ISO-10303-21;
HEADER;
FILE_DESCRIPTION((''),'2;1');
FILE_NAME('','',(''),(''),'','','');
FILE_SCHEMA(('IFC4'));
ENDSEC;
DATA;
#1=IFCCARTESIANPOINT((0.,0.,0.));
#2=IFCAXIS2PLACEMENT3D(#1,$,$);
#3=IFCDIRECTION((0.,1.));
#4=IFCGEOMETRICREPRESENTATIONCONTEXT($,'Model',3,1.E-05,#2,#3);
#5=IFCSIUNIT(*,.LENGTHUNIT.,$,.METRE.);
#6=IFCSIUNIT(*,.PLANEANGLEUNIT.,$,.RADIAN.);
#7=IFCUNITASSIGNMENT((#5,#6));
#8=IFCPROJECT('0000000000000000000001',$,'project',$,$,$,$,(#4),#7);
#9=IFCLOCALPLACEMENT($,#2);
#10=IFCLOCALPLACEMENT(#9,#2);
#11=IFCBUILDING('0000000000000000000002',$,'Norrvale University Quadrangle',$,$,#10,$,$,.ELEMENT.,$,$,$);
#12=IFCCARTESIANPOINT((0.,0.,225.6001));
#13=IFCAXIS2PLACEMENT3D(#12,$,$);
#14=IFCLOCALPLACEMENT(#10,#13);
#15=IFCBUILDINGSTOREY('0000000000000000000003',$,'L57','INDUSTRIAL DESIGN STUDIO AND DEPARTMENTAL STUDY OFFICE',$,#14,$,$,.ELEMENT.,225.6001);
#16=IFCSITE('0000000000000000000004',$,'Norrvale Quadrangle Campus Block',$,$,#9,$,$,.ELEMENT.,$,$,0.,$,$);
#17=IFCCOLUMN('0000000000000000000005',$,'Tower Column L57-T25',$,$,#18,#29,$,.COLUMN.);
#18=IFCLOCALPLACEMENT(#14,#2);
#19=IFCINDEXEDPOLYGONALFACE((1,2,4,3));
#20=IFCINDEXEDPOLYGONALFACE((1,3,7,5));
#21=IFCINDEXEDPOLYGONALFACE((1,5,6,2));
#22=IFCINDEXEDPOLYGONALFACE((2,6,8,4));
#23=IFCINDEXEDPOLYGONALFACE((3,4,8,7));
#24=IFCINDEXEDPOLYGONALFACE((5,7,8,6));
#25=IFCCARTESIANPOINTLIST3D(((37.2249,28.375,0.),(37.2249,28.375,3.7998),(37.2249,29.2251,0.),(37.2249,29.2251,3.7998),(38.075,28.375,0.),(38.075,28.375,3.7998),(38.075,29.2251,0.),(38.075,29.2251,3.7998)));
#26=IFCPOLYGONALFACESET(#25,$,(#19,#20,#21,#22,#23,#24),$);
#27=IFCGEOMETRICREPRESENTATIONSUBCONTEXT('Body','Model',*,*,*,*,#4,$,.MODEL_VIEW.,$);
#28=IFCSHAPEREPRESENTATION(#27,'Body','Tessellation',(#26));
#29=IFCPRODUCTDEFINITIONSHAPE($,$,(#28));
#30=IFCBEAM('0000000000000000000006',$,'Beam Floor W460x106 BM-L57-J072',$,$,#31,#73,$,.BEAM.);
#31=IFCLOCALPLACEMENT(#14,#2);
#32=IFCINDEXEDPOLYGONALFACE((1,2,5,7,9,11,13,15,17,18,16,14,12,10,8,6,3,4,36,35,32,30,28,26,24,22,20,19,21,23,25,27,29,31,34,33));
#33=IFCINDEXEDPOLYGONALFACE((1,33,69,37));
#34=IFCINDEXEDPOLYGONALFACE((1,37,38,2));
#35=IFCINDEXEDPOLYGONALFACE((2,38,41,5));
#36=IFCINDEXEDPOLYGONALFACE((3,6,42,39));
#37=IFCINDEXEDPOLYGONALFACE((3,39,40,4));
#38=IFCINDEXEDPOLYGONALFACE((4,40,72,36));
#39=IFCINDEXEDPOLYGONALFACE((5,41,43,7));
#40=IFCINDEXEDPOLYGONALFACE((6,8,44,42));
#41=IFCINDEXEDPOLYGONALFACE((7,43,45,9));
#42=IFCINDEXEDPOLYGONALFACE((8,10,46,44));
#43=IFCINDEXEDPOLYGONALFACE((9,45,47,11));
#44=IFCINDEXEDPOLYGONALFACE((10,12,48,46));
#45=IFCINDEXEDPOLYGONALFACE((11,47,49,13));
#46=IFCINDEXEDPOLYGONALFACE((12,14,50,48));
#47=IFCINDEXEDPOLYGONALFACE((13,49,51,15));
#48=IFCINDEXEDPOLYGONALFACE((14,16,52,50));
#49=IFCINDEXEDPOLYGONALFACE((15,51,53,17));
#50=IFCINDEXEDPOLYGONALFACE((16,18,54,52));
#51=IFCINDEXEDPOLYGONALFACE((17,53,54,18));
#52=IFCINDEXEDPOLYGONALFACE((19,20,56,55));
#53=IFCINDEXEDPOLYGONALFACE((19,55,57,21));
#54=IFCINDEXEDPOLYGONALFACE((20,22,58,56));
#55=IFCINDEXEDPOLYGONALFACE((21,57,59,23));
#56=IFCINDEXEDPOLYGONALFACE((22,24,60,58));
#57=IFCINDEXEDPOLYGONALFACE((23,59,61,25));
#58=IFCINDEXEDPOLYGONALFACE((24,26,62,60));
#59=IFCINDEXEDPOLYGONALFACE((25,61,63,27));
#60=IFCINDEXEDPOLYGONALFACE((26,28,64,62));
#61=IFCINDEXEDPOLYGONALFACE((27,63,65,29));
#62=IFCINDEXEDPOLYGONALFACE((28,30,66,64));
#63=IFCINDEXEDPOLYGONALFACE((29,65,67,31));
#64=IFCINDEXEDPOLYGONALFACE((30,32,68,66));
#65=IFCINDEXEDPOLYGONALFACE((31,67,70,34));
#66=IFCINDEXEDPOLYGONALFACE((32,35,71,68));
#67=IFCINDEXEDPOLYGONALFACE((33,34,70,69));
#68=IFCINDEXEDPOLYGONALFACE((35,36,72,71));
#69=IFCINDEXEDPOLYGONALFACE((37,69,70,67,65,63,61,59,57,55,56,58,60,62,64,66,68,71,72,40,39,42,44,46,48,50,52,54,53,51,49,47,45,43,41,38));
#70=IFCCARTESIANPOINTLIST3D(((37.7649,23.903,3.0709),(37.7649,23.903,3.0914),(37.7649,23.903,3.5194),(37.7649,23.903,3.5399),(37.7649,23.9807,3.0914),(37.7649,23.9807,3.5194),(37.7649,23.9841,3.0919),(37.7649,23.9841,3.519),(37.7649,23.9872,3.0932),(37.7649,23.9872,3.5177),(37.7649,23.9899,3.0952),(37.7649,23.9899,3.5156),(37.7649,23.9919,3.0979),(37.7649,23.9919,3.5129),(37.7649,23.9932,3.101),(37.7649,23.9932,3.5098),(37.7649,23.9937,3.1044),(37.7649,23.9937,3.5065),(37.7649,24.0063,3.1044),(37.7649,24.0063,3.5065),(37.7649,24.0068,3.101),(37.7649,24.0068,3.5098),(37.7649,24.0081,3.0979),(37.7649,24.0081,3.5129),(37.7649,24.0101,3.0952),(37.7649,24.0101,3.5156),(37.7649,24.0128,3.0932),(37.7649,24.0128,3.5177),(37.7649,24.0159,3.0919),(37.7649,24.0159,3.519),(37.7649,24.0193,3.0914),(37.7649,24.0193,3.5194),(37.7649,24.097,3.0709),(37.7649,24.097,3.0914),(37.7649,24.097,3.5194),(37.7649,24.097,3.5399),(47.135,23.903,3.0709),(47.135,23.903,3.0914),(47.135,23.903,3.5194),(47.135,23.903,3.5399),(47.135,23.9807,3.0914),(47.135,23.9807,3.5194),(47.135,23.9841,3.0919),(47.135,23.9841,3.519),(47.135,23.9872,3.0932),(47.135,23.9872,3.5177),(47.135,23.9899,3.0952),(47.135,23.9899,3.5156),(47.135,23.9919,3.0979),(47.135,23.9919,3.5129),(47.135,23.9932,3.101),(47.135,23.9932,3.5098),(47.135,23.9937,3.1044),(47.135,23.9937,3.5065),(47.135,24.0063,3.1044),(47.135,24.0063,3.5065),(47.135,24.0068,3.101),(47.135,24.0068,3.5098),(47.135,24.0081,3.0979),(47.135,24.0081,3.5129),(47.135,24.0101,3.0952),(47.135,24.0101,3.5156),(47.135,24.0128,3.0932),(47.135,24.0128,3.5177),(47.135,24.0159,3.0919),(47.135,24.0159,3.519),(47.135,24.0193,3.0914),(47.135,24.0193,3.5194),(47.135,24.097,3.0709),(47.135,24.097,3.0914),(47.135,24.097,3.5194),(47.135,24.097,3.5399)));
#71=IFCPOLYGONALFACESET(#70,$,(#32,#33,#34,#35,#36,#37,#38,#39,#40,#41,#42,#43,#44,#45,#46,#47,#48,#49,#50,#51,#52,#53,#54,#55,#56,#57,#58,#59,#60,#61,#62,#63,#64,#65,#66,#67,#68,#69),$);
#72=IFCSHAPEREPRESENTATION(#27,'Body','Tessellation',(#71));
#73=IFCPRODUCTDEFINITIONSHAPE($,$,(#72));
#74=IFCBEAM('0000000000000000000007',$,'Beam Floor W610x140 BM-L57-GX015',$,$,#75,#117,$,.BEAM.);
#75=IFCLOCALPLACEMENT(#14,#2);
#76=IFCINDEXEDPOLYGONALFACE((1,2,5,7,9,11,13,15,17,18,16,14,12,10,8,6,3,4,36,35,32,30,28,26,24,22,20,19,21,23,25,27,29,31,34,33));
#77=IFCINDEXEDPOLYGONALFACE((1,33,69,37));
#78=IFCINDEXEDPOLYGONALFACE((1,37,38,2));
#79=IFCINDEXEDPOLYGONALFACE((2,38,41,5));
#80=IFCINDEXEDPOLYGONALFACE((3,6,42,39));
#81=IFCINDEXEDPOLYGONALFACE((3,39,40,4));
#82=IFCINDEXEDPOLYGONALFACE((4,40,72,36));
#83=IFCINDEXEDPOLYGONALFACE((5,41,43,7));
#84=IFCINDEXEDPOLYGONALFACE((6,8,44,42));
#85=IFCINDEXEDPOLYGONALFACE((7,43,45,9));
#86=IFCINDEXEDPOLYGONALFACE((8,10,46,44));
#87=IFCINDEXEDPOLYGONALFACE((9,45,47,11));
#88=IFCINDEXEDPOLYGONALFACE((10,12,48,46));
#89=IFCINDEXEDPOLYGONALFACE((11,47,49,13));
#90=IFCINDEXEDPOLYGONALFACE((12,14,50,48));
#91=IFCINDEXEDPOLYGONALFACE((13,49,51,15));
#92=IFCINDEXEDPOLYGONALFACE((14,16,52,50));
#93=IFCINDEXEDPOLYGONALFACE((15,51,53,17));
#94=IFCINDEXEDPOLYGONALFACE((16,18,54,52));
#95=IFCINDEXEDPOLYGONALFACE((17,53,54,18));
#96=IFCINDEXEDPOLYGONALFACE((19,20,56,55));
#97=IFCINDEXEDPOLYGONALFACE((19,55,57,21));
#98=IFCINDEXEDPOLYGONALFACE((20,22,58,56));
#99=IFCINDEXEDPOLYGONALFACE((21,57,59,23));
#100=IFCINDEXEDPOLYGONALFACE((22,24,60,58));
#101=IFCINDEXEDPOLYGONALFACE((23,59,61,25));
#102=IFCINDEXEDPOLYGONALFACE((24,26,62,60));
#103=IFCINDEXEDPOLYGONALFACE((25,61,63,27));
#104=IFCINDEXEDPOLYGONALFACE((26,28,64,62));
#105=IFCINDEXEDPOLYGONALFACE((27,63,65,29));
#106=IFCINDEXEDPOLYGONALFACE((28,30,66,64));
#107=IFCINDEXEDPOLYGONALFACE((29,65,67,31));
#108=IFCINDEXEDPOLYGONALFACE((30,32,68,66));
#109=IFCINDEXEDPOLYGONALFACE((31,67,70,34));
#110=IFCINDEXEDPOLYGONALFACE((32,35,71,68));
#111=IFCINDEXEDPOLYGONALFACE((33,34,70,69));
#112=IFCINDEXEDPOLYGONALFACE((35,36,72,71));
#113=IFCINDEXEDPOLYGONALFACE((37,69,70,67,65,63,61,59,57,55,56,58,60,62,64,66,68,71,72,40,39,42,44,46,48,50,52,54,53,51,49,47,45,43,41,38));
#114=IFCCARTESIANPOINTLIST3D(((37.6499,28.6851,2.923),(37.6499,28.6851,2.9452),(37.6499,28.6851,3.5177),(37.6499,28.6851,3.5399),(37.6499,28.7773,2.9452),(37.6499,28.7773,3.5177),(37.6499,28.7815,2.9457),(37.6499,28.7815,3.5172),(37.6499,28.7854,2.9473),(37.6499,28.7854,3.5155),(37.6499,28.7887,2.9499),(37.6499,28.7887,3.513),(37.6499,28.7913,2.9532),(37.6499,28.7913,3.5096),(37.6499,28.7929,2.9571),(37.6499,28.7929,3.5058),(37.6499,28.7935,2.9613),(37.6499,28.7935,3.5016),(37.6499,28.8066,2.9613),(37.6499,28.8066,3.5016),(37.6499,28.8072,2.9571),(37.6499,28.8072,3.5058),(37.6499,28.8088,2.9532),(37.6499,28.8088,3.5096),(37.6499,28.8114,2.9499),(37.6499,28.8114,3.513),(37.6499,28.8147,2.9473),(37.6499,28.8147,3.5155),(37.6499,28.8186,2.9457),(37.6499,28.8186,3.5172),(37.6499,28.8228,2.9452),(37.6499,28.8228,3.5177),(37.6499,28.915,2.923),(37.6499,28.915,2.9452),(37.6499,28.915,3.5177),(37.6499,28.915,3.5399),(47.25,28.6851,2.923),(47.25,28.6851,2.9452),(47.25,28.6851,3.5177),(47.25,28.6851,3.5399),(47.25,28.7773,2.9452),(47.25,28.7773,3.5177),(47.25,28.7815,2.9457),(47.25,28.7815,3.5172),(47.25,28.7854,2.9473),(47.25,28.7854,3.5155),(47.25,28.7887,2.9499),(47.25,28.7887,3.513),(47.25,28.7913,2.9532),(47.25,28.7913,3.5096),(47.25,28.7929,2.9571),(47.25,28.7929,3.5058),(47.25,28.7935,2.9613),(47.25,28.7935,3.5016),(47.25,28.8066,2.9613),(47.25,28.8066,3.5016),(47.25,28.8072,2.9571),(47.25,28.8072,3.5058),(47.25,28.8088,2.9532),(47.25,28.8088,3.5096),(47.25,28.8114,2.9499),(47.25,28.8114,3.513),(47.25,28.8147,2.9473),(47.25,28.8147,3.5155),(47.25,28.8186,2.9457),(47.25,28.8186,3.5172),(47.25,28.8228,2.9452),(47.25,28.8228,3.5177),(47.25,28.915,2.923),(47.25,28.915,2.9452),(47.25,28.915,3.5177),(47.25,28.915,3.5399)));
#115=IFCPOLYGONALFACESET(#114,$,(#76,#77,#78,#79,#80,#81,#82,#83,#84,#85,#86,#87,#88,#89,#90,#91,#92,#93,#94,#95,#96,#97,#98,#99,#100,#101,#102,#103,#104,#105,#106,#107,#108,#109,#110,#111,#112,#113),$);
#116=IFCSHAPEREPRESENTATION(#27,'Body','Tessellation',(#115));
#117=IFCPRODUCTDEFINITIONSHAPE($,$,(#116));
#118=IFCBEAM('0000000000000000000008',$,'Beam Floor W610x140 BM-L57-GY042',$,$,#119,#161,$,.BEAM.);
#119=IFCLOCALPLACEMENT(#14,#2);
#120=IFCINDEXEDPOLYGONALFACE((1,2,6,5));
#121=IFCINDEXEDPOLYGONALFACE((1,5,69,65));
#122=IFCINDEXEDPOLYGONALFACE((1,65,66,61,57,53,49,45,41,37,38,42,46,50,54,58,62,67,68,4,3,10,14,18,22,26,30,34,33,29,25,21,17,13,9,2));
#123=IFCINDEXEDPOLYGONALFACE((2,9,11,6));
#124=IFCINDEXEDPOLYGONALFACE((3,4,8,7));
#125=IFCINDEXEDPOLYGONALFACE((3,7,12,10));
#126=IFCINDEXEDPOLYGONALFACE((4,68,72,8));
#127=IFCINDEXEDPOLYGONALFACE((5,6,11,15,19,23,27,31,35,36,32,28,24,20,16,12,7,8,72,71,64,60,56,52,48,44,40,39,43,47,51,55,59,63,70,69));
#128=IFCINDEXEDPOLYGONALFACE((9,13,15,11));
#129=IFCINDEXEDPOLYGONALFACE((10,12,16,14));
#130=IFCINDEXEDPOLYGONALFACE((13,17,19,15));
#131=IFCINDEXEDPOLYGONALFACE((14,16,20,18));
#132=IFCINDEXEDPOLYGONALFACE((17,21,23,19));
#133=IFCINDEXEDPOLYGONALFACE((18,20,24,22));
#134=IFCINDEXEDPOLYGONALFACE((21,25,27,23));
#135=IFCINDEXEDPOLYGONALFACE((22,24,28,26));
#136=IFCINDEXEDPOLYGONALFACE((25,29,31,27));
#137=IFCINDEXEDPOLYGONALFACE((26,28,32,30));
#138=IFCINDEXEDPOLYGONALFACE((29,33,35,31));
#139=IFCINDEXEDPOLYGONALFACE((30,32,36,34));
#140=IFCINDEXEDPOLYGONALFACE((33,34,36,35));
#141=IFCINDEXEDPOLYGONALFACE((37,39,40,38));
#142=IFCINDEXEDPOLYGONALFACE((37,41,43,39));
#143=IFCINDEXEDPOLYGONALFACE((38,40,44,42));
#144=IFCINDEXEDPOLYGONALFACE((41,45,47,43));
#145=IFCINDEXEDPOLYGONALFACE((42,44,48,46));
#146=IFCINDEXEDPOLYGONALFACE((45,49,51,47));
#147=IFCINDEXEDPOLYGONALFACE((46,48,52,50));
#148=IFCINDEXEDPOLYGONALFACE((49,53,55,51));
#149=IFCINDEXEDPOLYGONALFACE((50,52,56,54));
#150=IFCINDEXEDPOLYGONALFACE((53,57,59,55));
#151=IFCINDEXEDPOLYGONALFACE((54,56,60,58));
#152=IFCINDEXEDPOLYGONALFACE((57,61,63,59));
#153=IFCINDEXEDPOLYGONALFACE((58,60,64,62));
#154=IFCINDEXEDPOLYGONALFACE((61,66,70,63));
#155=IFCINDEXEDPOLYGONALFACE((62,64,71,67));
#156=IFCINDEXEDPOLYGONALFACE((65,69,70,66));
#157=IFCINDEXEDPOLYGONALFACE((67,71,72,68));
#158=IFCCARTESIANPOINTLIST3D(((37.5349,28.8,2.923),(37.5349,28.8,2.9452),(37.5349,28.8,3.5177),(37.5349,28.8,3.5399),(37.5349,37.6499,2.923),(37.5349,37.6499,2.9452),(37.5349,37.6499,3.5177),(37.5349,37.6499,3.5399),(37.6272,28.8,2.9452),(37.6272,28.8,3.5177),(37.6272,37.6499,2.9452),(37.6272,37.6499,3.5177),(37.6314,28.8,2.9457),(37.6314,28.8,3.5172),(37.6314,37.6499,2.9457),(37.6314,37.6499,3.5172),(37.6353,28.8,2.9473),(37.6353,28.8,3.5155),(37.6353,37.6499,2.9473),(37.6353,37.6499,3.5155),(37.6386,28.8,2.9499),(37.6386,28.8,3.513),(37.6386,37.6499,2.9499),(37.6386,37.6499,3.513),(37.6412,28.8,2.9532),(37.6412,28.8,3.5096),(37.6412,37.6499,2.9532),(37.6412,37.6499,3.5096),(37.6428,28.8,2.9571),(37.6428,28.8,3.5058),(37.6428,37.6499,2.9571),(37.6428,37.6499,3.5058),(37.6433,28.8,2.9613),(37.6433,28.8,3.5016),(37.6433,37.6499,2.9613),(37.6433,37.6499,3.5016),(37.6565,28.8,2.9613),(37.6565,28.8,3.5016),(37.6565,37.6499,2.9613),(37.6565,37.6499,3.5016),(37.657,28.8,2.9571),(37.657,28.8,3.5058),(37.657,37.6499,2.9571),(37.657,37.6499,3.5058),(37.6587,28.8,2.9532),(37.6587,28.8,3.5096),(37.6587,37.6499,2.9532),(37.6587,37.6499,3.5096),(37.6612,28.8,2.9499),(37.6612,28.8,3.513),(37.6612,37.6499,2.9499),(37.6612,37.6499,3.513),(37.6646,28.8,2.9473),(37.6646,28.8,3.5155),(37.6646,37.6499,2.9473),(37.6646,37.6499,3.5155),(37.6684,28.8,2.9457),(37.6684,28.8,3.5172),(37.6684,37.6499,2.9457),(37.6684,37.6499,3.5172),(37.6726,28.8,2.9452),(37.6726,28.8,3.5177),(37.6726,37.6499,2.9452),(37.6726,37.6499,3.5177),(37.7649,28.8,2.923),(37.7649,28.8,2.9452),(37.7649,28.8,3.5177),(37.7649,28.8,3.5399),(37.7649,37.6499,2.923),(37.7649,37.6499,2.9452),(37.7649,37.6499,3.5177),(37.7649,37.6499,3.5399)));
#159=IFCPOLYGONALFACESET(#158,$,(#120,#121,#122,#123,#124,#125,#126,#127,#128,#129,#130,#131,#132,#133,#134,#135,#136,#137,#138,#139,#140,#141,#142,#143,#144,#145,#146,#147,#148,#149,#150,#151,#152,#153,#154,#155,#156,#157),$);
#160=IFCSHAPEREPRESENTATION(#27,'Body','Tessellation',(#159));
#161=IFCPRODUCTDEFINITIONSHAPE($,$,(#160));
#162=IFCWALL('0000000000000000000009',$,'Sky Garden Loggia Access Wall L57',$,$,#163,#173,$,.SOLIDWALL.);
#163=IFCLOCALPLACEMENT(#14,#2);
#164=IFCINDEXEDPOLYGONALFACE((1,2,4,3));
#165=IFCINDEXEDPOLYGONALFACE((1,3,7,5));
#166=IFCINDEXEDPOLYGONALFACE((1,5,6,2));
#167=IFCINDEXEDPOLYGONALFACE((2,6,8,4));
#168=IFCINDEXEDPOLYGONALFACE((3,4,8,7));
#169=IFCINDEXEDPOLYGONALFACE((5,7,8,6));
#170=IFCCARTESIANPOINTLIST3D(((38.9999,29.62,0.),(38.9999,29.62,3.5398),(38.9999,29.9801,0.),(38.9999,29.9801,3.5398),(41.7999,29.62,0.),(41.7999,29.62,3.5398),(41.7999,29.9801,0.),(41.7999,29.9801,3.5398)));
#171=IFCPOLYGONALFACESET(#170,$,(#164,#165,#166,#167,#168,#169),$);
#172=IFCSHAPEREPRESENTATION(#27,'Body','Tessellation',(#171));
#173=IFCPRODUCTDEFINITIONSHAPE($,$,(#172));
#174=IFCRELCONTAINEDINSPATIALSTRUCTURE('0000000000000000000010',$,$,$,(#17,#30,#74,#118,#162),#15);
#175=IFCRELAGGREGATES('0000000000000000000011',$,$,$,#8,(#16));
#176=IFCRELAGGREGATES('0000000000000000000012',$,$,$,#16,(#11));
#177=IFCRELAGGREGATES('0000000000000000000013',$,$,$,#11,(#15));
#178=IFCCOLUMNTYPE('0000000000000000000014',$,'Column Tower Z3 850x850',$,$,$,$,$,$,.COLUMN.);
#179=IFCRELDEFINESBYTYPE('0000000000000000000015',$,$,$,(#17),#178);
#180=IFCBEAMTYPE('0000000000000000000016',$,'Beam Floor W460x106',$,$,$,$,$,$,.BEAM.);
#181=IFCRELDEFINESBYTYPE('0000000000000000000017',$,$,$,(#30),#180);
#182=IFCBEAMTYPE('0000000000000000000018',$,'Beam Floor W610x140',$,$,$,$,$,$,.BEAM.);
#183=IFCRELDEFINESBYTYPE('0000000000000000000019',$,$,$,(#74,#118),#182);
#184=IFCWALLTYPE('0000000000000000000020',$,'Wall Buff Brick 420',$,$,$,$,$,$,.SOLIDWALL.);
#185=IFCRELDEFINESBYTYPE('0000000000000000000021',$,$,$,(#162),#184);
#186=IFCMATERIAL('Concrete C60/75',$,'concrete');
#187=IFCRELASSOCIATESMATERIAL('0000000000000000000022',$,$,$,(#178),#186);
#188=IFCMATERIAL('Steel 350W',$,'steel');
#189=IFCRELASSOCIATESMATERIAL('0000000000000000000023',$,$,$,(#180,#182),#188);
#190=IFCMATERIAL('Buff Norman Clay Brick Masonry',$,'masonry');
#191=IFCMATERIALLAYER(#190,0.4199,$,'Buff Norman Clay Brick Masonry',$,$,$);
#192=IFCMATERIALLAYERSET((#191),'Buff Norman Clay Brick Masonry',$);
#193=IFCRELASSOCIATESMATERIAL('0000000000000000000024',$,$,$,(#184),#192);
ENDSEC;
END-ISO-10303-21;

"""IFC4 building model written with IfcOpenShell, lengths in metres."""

from ifc_helpers import new_model, si_unit, direction, frame, frame_2d, origin, origin_2d, place, context, subcontext, project, spatial, rectangle, i_section, extrude, material, layer, layer_set, material_profile, profile_set, type_object, element, save


model = new_model("IFC4")

# Units and contexts
model_context = context("Model", 3, precision=1e-05, world=origin(), true_north=direction((0.0, 1.0)))
body_context = subcontext(model_context, "Body", "Model", "MODEL_VIEW")
ifc_project = project(units=[si_unit("LENGTHUNIT", "METRE"), si_unit("PLANEANGLEUNIT", "RADIAN")], contexts=[model_context])

# Site, building, storey
site_placement = place(None, origin())
site = spatial("IfcSite", under=ifc_project, at=site_placement, Name="Norrvale Quadrangle Campus Block", CompositionType="ELEMENT", RefElevation=0.0)
building_placement = place(site_placement, origin())
building = spatial("IfcBuilding", under=site, at=building_placement, Name="Norrvale University Quadrangle", CompositionType="ELEMENT")
storey_placement = place(building_placement, frame((0.0, 0.0, 225.6001)))
storey = spatial("IfcBuildingStorey", under=building, at=storey_placement, Name="L57", Description="INDUSTRIAL DESIGN STUDIO AND DEPARTMENTAL STUDY OFFICE", CompositionType="ELEMENT", Elevation=225.6001)

# Column
ifc_material_1 = material(Name="Concrete C60/75", Category="concrete")
ifc_material_profile_1 = material_profile(ifc_material_1, rectangle(XDim=0.8501, YDim=0.8501, at=origin_2d()), Name="Concrete C60/75")
ifc_profile_set_1 = profile_set([ifc_material_profile_1], Name="Concrete C60/75")
column_type = type_object("IfcColumnType", Name="Column Tower Z3 850x850", PredefinedType="COLUMN", material=ifc_profile_set_1)
column_placement = place(storey_placement, frame((37.6499, 28.8, 0.0), z_axis=(0.0, 0.0, 1.0), x_axis=(1.0, 0.0, 0.0)))
element("IfcColumn", 1, at=column_placement, inside=storey, type_object=column_type, Name="Tower Column L57-T25", PredefinedType="COLUMN", context=body_context, shape_type="SweptSolid", body=[
    extrude(rectangle(XDim=0.8501, YDim=0.8501, at=origin_2d()), origin(), (0.0, 0.0, 1.0), 3.7998),
])

# Beams
ifc_material_2 = material(Name="Steel 350W", Category="steel")
ifc_material_profile_2 = material_profile(ifc_material_2, i_section(OverallWidth=0.1941, OverallDepth=0.469, WebThickness=0.0127, FlangeThickness=0.0205, FilletRadius=0.0129, at=origin_2d()), Name="Steel 350W")
ifc_profile_set_2 = profile_set([ifc_material_profile_2], Name="Steel 350W")
beam_type_1 = type_object("IfcBeamType", Name="Beam Floor W460x106", PredefinedType="BEAM", material=ifc_profile_set_2)
beam_1_placement = place(storey_placement, frame((37.7649, 24.0, 3.3054), z_axis=(1.0, 0.0, 0.0), x_axis=(0.0, 1.0, 0.0)))
element("IfcBeam", 2, at=beam_1_placement, inside=storey, type_object=beam_type_1, Name="Beam Floor W460x106 BM-L57-J072", PredefinedType="BEAM", context=body_context, shape_type="SweptSolid", body=[
    extrude(i_section(OverallWidth=0.1941, OverallDepth=0.469, WebThickness=0.0127, FlangeThickness=0.0205, FilletRadius=0.0129, at=origin_2d()), origin(), (0.0, 0.0, 1.0), 9.3701),
])
ifc_material_profile_3 = material_profile(ifc_material_2, i_section(OverallWidth=0.23, OverallDepth=0.6169, WebThickness=0.0132, FlangeThickness=0.0222, FilletRadius=0.0161, at=origin_2d()), Name="Steel 350W")
ifc_profile_set_3 = profile_set([ifc_material_profile_3], Name="Steel 350W")
beam_type_2 = type_object("IfcBeamType", Name="Beam Floor W610x140", PredefinedType="BEAM", material=ifc_profile_set_3)
beam_2_placement = place(storey_placement, frame((37.6499, 28.8, 3.2314), z_axis=(1.0, 0.0, 0.0), x_axis=(0.0, 1.0, 0.0)))
element("IfcBeam", 3, at=beam_2_placement, inside=storey, type_object=beam_type_2, Name="Beam Floor W610x140 BM-L57-GX015", PredefinedType="BEAM", context=body_context, shape_type="SweptSolid", body=[
    extrude(i_section(OverallWidth=0.23, OverallDepth=0.6169, WebThickness=0.0132, FlangeThickness=0.0222, FilletRadius=0.0161, at=origin_2d()), origin(), (0.0, 0.0, 1.0), 9.6001),
])
beam_3_placement = place(storey_placement, frame((37.6499, 28.8, 3.2314), z_axis=(0.0, 1.0, 0.0), x_axis=(-1.0, 0.0, 0.0)))
element("IfcBeam", 4, at=beam_3_placement, inside=storey, type_object=beam_type_2, Name="Beam Floor W610x140 BM-L57-GY042", PredefinedType="BEAM", context=body_context, shape_type="SweptSolid", body=[
    extrude(i_section(OverallWidth=0.23, OverallDepth=0.6169, WebThickness=0.0132, FlangeThickness=0.0222, FilletRadius=0.0161, at=origin_2d()), origin(), (0.0, 0.0, 1.0), 8.8499),
])

# Wall
ifc_material_3 = material(Name="Buff Norman Clay Brick Masonry", Category="masonry")
ifc_layer_1 = layer(ifc_material_3, 0.4199, Name="Buff Norman Clay Brick Masonry")
ifc_layer_set_1 = layer_set([ifc_layer_1], Name="Buff Norman Clay Brick Masonry")
wall_type_1 = type_object("IfcWallType", Name="Wall Buff Brick 420", PredefinedType="SOLIDWALL", material=ifc_layer_set_1)
wall_1_placement = place(storey_placement, frame((39.0, 29.8, 0.0), z_axis=(0.0, 0.0, 1.0), x_axis=(1.0, 0.0, 0.0)))
element("IfcWall", 5, at=wall_1_placement, inside=storey, type_object=wall_type_1, Name="Sky Garden Loggia Access Wall L57", PredefinedType="SOLIDWALL", context=body_context, shape_type="SweptSolid", body=[
    extrude(rectangle(XDim=2.8, YDim=0.3601, at=frame_2d((1.3999, 0.0))), origin(), (0.0, 0.0, 1.0), 3.5398),
])

save(model, "model.ifc")
